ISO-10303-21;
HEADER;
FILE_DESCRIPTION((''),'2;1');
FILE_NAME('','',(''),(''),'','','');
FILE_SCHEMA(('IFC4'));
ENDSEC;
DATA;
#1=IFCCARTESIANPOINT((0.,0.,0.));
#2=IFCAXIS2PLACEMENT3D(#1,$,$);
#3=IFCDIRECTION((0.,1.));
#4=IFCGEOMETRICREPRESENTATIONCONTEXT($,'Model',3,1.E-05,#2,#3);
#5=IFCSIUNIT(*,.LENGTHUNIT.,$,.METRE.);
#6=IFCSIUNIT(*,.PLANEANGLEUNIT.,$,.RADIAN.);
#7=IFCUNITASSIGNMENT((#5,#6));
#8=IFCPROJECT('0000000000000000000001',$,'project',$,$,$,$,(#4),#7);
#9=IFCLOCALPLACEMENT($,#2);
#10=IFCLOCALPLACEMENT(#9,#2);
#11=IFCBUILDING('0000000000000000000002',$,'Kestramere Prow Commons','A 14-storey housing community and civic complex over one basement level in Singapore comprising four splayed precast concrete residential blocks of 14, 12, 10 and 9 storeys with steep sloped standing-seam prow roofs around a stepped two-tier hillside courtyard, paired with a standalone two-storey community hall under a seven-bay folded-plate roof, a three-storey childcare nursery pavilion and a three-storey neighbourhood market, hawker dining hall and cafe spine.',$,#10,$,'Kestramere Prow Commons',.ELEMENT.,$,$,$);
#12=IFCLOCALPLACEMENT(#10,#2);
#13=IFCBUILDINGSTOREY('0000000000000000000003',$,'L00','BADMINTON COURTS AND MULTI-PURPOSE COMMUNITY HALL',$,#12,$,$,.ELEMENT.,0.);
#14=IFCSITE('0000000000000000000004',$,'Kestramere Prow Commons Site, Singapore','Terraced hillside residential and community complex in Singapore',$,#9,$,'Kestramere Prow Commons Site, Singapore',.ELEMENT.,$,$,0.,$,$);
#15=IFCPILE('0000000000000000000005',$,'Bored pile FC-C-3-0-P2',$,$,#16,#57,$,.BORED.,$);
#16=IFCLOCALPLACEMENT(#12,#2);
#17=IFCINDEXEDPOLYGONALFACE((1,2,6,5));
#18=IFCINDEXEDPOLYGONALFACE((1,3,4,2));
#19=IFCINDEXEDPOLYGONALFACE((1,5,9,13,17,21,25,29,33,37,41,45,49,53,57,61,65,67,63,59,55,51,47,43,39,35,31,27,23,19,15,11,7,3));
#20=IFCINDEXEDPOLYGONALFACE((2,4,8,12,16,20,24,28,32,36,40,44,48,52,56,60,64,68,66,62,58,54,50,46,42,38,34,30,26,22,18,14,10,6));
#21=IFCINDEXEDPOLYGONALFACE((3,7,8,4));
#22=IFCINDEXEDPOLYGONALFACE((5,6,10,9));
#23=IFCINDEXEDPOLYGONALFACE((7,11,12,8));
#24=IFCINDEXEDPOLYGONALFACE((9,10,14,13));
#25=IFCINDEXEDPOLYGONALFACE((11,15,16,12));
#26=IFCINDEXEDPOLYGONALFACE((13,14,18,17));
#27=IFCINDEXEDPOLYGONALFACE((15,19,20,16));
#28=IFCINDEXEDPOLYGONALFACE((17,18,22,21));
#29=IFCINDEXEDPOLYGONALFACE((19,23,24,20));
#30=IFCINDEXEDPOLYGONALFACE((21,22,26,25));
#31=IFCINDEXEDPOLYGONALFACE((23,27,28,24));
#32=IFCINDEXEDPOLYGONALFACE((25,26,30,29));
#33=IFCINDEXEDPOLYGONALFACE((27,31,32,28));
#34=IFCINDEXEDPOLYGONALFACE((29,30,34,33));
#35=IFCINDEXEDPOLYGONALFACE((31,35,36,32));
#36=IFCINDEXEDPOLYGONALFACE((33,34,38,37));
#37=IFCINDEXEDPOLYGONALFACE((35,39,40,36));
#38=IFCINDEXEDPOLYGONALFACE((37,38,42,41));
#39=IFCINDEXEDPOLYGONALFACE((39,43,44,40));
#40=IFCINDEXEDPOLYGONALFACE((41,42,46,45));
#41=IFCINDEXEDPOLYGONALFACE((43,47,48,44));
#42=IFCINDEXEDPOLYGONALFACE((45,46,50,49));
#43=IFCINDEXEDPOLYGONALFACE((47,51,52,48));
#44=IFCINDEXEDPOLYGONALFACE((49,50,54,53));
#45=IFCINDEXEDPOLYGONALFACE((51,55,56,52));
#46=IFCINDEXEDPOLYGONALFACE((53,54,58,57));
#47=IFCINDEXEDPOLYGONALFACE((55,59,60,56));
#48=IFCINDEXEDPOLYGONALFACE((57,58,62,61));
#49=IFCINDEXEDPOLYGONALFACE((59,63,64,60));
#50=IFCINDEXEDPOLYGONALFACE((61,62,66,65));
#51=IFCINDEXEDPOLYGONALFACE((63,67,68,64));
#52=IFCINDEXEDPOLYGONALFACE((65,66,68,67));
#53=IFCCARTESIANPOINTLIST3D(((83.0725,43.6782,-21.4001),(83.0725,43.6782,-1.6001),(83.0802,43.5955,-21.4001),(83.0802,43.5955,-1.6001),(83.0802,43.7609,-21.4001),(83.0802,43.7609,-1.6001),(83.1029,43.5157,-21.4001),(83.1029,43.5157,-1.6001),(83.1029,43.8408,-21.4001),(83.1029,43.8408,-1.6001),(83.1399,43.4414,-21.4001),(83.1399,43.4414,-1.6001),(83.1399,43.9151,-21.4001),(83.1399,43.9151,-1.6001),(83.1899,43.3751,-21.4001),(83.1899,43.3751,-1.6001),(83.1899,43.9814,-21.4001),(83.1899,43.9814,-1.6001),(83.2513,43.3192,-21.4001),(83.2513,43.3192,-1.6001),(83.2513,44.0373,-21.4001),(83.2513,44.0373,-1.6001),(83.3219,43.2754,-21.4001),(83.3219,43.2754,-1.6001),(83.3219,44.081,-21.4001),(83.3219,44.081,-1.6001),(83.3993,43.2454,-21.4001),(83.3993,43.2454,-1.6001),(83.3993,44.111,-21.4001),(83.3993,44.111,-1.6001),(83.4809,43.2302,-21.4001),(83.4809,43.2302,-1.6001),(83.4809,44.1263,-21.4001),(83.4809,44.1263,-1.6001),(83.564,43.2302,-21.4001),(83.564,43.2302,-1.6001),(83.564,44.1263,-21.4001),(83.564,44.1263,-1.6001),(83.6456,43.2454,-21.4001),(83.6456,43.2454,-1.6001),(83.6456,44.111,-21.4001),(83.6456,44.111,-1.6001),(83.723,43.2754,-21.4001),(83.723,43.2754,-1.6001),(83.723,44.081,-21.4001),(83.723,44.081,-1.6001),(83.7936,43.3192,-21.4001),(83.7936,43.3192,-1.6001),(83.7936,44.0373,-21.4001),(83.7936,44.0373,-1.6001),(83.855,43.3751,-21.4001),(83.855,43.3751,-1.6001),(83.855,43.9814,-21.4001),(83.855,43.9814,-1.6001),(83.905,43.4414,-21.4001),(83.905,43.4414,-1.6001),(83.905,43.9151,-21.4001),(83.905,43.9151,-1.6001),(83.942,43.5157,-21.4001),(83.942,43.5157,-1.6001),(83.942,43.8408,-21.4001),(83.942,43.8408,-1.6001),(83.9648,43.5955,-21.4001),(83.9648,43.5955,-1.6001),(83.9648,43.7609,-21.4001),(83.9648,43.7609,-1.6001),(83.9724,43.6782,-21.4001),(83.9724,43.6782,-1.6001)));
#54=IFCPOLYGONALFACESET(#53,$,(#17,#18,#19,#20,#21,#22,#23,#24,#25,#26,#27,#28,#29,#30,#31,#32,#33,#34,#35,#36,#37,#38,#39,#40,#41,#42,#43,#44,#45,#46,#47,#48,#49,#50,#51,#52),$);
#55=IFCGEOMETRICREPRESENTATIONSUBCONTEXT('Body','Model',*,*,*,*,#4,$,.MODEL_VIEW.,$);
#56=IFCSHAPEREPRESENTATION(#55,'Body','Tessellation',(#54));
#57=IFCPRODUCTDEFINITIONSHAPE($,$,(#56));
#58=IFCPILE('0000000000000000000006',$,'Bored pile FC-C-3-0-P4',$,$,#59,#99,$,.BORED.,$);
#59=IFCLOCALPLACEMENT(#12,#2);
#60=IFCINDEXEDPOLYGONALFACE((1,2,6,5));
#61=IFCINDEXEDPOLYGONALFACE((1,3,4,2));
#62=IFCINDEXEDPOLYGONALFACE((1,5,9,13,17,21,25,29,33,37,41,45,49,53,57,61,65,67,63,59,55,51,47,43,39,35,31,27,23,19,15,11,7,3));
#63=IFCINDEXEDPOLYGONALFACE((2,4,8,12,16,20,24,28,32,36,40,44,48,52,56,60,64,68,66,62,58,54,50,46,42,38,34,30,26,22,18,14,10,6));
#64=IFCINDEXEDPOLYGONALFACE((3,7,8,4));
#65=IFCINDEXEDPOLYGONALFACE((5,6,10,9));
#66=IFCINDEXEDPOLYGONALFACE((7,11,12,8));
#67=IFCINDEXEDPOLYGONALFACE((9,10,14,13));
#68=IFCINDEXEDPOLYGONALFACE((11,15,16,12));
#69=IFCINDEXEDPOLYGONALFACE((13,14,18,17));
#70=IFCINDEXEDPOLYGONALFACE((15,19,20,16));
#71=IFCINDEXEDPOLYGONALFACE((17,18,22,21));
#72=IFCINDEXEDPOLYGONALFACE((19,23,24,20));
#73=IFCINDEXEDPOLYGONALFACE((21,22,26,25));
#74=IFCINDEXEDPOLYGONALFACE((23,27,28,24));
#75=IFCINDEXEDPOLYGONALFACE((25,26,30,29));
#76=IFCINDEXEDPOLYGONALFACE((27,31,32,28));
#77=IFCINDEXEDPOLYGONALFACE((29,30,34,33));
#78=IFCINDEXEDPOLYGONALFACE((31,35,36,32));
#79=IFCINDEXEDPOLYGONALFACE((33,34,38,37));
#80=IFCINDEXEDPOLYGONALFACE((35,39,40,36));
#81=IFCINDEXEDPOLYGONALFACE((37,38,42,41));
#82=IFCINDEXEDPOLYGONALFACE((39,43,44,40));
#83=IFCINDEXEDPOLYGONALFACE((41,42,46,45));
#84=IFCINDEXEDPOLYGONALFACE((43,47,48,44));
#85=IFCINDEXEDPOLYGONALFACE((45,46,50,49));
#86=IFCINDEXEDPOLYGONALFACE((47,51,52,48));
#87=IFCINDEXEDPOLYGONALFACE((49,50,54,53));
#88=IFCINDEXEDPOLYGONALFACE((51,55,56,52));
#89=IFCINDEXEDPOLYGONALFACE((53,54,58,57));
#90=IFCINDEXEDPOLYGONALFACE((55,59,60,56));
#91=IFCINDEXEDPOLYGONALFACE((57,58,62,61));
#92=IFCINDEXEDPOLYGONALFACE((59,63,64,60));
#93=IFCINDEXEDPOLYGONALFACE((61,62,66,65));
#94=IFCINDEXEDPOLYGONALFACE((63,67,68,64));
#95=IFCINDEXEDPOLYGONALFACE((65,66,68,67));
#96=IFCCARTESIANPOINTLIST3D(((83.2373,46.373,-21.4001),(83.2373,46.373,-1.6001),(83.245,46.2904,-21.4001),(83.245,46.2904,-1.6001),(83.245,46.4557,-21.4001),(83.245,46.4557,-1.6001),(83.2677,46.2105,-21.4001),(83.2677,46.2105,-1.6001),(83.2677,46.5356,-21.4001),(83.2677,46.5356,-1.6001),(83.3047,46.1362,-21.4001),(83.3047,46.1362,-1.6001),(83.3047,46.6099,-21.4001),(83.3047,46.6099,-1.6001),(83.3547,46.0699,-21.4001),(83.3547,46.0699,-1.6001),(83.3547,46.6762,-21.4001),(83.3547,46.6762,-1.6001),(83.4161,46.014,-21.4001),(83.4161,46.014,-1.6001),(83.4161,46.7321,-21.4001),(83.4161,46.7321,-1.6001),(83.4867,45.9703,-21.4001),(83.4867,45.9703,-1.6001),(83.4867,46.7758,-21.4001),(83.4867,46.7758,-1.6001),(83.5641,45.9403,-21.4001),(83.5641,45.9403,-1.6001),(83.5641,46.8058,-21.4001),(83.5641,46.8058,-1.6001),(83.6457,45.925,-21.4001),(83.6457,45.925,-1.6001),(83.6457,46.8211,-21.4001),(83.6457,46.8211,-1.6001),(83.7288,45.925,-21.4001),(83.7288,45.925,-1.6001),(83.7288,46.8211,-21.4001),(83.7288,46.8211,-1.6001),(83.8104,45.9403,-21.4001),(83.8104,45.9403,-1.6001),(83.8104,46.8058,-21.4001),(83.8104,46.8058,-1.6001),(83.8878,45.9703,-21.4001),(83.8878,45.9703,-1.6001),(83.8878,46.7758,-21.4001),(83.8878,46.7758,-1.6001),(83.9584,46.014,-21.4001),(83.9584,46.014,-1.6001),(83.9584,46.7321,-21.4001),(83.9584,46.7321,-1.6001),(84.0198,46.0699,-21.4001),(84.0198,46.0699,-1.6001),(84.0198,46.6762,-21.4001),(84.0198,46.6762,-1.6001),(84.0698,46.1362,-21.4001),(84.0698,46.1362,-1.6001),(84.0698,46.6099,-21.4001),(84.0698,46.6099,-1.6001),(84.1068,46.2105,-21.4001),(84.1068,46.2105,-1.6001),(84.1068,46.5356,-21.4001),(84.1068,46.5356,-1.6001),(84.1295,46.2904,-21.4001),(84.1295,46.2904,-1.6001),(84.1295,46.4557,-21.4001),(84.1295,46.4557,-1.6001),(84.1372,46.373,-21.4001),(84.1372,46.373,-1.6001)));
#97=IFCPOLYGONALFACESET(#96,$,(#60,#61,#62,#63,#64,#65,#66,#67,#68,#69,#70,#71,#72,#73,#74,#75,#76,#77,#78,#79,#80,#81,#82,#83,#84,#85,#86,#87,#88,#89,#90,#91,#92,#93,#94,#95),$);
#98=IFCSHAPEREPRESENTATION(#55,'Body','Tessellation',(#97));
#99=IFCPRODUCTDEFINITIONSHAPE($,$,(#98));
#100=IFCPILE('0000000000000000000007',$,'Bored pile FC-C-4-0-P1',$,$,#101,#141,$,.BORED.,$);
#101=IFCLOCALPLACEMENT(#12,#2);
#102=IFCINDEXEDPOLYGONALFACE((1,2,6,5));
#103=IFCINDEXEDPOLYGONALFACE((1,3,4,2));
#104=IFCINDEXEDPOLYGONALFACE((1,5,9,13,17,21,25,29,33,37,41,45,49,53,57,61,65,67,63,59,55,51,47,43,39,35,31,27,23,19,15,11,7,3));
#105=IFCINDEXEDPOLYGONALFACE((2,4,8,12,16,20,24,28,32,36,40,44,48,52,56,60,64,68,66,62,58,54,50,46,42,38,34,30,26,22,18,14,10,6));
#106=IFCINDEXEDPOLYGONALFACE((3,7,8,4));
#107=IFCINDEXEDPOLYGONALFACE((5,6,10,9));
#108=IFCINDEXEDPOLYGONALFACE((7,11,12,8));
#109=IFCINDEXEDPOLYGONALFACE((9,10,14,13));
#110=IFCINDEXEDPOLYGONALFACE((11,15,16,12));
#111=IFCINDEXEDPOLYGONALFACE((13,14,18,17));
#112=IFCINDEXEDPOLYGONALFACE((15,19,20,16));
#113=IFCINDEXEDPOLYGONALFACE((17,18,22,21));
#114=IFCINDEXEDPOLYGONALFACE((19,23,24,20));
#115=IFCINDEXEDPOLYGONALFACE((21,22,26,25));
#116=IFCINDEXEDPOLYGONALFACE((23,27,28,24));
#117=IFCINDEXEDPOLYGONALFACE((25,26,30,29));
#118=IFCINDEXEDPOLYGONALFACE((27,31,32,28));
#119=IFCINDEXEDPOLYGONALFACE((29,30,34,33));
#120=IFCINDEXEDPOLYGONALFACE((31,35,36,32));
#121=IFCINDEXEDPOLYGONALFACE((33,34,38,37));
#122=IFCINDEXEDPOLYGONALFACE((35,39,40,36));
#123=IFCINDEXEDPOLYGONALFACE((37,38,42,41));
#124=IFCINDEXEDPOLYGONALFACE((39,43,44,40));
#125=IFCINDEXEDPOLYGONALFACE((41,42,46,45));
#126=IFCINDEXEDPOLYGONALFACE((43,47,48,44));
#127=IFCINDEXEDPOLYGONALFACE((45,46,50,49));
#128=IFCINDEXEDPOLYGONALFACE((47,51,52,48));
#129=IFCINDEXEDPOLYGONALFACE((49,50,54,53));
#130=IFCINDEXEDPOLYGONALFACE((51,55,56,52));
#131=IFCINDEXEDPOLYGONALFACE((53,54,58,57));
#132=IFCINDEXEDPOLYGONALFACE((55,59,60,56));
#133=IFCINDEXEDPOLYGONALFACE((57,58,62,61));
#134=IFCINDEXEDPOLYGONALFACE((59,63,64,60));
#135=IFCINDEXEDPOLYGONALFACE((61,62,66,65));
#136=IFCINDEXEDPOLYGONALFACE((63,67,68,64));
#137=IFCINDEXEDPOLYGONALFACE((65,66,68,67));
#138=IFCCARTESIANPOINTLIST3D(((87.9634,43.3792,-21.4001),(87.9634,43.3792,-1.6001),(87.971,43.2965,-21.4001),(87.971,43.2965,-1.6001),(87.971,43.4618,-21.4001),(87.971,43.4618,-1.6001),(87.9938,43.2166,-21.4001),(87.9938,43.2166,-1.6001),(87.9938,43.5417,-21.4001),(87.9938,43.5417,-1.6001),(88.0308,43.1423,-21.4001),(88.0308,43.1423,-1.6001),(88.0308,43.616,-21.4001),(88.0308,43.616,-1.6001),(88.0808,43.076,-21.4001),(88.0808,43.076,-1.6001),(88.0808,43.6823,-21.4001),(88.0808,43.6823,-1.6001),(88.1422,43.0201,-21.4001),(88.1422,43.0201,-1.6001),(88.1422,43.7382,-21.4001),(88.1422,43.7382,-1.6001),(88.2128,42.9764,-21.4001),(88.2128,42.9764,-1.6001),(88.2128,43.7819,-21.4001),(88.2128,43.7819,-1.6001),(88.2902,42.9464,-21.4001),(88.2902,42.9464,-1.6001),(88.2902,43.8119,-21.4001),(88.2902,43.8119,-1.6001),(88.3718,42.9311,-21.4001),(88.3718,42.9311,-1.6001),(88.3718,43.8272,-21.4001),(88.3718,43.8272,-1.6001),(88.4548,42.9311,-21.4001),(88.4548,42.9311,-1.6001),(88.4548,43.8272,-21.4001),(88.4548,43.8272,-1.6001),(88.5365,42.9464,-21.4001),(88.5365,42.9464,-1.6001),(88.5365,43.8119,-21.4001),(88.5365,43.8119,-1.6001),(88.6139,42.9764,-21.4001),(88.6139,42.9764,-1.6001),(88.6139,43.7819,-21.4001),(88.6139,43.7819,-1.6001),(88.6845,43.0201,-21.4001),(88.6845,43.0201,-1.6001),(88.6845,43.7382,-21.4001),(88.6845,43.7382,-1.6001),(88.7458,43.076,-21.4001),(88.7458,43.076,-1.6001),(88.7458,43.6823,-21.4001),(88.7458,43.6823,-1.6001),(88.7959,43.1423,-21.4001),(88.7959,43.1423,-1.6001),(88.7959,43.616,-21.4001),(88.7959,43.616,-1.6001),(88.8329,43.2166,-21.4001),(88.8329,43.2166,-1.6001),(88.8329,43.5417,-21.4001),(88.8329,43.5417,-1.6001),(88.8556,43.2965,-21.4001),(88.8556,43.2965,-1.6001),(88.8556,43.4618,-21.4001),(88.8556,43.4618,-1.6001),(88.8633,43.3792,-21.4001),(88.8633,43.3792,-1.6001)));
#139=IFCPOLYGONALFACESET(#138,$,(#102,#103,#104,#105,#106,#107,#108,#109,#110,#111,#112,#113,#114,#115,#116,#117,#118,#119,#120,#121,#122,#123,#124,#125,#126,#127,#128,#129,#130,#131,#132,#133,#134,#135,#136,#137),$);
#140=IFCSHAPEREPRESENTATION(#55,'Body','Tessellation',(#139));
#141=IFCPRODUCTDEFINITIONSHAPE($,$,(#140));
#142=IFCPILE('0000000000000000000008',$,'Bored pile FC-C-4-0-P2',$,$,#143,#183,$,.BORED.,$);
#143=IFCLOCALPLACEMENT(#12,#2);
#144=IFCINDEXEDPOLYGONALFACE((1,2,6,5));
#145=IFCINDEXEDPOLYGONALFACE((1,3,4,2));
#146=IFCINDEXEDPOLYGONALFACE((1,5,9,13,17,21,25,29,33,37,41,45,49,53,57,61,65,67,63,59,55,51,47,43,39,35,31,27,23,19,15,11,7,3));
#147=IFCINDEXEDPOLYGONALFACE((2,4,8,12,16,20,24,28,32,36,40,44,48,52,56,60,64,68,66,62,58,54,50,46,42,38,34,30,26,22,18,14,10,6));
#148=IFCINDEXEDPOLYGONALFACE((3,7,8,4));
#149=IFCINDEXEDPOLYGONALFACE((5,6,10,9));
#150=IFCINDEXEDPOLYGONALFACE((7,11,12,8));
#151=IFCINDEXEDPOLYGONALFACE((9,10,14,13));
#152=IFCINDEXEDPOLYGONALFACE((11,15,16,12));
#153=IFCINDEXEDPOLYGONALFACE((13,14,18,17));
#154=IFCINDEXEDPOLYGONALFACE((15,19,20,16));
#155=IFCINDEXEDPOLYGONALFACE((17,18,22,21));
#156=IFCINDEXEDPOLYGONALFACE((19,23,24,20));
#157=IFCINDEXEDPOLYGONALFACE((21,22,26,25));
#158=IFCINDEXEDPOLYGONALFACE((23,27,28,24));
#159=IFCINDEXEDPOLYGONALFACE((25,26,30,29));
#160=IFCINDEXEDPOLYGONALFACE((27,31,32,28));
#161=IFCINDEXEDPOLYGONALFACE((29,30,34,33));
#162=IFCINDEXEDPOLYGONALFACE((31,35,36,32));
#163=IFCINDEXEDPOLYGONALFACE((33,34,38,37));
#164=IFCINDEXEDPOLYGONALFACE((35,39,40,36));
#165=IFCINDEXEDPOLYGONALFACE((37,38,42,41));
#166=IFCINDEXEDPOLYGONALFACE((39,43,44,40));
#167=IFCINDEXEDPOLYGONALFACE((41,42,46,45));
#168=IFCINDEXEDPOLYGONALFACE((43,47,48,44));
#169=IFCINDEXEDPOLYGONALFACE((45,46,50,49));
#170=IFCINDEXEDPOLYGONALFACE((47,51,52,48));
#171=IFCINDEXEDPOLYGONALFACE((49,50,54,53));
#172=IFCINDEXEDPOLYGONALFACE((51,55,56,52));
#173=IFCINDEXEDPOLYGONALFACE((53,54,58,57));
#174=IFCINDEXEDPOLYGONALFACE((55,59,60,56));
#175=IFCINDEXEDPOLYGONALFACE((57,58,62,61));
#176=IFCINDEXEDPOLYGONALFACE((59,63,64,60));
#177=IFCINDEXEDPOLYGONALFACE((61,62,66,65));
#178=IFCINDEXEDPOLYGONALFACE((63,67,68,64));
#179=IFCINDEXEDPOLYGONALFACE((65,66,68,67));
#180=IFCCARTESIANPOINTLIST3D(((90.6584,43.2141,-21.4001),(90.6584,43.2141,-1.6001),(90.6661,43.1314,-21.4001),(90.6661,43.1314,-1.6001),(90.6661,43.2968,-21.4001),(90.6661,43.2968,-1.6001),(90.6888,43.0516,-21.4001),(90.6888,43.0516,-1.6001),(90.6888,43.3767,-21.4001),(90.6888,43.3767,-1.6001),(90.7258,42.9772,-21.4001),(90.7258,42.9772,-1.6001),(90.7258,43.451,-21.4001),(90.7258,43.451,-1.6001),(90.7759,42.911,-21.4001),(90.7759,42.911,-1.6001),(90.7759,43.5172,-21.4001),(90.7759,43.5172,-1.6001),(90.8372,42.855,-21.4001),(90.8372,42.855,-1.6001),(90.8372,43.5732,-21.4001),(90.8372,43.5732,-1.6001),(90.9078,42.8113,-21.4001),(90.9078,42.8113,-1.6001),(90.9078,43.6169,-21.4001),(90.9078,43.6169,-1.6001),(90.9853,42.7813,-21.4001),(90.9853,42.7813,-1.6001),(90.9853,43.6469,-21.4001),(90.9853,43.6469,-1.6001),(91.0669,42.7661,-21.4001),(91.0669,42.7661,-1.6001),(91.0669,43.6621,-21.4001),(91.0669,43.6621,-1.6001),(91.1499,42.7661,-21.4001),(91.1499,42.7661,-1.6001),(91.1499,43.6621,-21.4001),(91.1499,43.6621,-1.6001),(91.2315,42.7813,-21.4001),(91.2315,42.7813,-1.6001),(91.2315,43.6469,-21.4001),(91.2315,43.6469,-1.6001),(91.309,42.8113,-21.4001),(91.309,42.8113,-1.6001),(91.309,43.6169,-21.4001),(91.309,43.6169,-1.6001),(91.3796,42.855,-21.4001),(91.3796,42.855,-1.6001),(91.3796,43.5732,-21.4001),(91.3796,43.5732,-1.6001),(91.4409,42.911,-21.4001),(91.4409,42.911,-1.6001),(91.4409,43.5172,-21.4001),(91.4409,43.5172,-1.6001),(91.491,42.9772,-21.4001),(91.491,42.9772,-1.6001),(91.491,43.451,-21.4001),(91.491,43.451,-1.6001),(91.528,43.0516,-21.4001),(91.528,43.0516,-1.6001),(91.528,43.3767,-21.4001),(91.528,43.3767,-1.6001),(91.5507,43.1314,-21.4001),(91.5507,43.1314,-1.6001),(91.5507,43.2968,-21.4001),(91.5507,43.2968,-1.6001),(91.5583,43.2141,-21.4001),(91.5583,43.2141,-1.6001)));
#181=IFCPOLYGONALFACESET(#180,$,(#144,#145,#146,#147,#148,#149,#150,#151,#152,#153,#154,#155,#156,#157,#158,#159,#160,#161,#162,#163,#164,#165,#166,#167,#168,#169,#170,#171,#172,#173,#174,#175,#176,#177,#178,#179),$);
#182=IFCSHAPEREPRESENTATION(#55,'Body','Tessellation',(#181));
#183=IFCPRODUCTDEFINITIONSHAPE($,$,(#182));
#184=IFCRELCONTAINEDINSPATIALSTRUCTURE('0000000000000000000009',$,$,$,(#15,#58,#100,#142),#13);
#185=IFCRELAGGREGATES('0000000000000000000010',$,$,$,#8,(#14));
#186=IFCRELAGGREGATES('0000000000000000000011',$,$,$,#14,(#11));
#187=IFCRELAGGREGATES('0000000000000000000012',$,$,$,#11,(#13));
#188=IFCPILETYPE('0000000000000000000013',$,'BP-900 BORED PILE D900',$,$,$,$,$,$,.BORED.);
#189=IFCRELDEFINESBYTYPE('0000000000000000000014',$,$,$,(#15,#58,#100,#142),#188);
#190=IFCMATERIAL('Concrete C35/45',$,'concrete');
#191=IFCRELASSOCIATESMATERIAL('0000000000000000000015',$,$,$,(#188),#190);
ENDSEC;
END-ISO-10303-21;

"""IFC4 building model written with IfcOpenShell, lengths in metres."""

from ifc_helpers import new_model, si_unit, direction, frame, origin, origin_2d, place, context, subcontext, project, spatial, circle, extrude, material, material_profile, profile_set, type_object, element, save


model = new_model("IFC4")

# Units and contexts
model_context = context("Model", 3, precision=1e-05, world=origin(), true_north=direction((0.0, 1.0)))
body_context = subcontext(model_context, "Body", "Model", "MODEL_VIEW")
ifc_project = project(units=[si_unit("LENGTHUNIT", "METRE"), si_unit("PLANEANGLEUNIT", "RADIAN")], contexts=[model_context])

# Site, building, storey
site_placement = place(None, origin())
site = spatial("IfcSite", under=ifc_project, at=site_placement, Name="Kestramere Prow Commons Site, Singapore", Description="Terraced hillside residential and community complex in Singapore", LongName="Kestramere Prow Commons Site, Singapore", CompositionType="ELEMENT", RefElevation=0.0)
building_placement = place(site_placement, origin())
building = spatial("IfcBuilding", under=site, at=building_placement, Name="Kestramere Prow Commons", Description="A 14-storey housing community and civic complex over one basement level in Singapore comprising four splayed precast concrete residential blocks of 14, 12, 10 and 9 storeys with steep sloped standing-seam prow roofs around a stepped two-tier hillside courtyard, paired with a standalone two-storey community hall under a seven-bay folded-plate roof, a three-storey childcare nursery pavilion and a three-storey neighbourhood market, hawker dining hall and cafe spine.", LongName="Kestramere Prow Commons", CompositionType="ELEMENT")
storey_placement = place(building_placement, origin())
storey = spatial("IfcBuildingStorey", under=building, at=storey_placement, Name="L00", Description="BADMINTON COURTS AND MULTI-PURPOSE COMMUNITY HALL", CompositionType="ELEMENT", Elevation=0.0)

# Piles
ifc_material_1 = material(Name="Concrete C35/45", Category="concrete")
ifc_material_profile_1 = material_profile(ifc_material_1, circle(Radius=0.45, at=origin_2d()), Name="BORED PILE D900")
ifc_profile_set_1 = profile_set([ifc_material_profile_1], Name="Concrete C35/45")
pile_type = type_object("IfcPileType", Name="BP-900 BORED PILE D900", PredefinedType="BORED", material=ifc_profile_set_1)
for number, where, z_axis, x_axis, name in (
    (1, (83.5225, 43.6782, -1.6001), (0.0, 0.0, -1.0), (1.0, 0.0, 0.0), "Bored pile FC-C-3-0-P2"),
    (2, (83.6873, 46.373, -1.6001), (0.0, 0.0, -1.0), (1.0, 0.0, 0.0), "Bored pile FC-C-3-0-P4"),
    (3, (88.4133, 43.3792, -1.6001), (0.0, 0.0, -1.0), (1.0, 0.0, 0.0), "Bored pile FC-C-4-0-P1"),
    (4, (91.1084, 43.2141, -1.6001), (0.0, 0.0, -1.0), (1.0, 0.0, 0.0), "Bored pile FC-C-4-0-P2"),
):
    element("IfcPile", number, at=place(storey_placement, frame(where, z_axis=z_axis, x_axis=x_axis)), inside=storey, type_object=pile_type, Name=name, PredefinedType="BORED", context=body_context, shape_type="SweptSolid", body=[
        extrude(circle(Radius=0.45, at=origin_2d()), origin(), (0.0, 0.0, 1.0), 19.8),
    ])

save(model, "model.ifc")
